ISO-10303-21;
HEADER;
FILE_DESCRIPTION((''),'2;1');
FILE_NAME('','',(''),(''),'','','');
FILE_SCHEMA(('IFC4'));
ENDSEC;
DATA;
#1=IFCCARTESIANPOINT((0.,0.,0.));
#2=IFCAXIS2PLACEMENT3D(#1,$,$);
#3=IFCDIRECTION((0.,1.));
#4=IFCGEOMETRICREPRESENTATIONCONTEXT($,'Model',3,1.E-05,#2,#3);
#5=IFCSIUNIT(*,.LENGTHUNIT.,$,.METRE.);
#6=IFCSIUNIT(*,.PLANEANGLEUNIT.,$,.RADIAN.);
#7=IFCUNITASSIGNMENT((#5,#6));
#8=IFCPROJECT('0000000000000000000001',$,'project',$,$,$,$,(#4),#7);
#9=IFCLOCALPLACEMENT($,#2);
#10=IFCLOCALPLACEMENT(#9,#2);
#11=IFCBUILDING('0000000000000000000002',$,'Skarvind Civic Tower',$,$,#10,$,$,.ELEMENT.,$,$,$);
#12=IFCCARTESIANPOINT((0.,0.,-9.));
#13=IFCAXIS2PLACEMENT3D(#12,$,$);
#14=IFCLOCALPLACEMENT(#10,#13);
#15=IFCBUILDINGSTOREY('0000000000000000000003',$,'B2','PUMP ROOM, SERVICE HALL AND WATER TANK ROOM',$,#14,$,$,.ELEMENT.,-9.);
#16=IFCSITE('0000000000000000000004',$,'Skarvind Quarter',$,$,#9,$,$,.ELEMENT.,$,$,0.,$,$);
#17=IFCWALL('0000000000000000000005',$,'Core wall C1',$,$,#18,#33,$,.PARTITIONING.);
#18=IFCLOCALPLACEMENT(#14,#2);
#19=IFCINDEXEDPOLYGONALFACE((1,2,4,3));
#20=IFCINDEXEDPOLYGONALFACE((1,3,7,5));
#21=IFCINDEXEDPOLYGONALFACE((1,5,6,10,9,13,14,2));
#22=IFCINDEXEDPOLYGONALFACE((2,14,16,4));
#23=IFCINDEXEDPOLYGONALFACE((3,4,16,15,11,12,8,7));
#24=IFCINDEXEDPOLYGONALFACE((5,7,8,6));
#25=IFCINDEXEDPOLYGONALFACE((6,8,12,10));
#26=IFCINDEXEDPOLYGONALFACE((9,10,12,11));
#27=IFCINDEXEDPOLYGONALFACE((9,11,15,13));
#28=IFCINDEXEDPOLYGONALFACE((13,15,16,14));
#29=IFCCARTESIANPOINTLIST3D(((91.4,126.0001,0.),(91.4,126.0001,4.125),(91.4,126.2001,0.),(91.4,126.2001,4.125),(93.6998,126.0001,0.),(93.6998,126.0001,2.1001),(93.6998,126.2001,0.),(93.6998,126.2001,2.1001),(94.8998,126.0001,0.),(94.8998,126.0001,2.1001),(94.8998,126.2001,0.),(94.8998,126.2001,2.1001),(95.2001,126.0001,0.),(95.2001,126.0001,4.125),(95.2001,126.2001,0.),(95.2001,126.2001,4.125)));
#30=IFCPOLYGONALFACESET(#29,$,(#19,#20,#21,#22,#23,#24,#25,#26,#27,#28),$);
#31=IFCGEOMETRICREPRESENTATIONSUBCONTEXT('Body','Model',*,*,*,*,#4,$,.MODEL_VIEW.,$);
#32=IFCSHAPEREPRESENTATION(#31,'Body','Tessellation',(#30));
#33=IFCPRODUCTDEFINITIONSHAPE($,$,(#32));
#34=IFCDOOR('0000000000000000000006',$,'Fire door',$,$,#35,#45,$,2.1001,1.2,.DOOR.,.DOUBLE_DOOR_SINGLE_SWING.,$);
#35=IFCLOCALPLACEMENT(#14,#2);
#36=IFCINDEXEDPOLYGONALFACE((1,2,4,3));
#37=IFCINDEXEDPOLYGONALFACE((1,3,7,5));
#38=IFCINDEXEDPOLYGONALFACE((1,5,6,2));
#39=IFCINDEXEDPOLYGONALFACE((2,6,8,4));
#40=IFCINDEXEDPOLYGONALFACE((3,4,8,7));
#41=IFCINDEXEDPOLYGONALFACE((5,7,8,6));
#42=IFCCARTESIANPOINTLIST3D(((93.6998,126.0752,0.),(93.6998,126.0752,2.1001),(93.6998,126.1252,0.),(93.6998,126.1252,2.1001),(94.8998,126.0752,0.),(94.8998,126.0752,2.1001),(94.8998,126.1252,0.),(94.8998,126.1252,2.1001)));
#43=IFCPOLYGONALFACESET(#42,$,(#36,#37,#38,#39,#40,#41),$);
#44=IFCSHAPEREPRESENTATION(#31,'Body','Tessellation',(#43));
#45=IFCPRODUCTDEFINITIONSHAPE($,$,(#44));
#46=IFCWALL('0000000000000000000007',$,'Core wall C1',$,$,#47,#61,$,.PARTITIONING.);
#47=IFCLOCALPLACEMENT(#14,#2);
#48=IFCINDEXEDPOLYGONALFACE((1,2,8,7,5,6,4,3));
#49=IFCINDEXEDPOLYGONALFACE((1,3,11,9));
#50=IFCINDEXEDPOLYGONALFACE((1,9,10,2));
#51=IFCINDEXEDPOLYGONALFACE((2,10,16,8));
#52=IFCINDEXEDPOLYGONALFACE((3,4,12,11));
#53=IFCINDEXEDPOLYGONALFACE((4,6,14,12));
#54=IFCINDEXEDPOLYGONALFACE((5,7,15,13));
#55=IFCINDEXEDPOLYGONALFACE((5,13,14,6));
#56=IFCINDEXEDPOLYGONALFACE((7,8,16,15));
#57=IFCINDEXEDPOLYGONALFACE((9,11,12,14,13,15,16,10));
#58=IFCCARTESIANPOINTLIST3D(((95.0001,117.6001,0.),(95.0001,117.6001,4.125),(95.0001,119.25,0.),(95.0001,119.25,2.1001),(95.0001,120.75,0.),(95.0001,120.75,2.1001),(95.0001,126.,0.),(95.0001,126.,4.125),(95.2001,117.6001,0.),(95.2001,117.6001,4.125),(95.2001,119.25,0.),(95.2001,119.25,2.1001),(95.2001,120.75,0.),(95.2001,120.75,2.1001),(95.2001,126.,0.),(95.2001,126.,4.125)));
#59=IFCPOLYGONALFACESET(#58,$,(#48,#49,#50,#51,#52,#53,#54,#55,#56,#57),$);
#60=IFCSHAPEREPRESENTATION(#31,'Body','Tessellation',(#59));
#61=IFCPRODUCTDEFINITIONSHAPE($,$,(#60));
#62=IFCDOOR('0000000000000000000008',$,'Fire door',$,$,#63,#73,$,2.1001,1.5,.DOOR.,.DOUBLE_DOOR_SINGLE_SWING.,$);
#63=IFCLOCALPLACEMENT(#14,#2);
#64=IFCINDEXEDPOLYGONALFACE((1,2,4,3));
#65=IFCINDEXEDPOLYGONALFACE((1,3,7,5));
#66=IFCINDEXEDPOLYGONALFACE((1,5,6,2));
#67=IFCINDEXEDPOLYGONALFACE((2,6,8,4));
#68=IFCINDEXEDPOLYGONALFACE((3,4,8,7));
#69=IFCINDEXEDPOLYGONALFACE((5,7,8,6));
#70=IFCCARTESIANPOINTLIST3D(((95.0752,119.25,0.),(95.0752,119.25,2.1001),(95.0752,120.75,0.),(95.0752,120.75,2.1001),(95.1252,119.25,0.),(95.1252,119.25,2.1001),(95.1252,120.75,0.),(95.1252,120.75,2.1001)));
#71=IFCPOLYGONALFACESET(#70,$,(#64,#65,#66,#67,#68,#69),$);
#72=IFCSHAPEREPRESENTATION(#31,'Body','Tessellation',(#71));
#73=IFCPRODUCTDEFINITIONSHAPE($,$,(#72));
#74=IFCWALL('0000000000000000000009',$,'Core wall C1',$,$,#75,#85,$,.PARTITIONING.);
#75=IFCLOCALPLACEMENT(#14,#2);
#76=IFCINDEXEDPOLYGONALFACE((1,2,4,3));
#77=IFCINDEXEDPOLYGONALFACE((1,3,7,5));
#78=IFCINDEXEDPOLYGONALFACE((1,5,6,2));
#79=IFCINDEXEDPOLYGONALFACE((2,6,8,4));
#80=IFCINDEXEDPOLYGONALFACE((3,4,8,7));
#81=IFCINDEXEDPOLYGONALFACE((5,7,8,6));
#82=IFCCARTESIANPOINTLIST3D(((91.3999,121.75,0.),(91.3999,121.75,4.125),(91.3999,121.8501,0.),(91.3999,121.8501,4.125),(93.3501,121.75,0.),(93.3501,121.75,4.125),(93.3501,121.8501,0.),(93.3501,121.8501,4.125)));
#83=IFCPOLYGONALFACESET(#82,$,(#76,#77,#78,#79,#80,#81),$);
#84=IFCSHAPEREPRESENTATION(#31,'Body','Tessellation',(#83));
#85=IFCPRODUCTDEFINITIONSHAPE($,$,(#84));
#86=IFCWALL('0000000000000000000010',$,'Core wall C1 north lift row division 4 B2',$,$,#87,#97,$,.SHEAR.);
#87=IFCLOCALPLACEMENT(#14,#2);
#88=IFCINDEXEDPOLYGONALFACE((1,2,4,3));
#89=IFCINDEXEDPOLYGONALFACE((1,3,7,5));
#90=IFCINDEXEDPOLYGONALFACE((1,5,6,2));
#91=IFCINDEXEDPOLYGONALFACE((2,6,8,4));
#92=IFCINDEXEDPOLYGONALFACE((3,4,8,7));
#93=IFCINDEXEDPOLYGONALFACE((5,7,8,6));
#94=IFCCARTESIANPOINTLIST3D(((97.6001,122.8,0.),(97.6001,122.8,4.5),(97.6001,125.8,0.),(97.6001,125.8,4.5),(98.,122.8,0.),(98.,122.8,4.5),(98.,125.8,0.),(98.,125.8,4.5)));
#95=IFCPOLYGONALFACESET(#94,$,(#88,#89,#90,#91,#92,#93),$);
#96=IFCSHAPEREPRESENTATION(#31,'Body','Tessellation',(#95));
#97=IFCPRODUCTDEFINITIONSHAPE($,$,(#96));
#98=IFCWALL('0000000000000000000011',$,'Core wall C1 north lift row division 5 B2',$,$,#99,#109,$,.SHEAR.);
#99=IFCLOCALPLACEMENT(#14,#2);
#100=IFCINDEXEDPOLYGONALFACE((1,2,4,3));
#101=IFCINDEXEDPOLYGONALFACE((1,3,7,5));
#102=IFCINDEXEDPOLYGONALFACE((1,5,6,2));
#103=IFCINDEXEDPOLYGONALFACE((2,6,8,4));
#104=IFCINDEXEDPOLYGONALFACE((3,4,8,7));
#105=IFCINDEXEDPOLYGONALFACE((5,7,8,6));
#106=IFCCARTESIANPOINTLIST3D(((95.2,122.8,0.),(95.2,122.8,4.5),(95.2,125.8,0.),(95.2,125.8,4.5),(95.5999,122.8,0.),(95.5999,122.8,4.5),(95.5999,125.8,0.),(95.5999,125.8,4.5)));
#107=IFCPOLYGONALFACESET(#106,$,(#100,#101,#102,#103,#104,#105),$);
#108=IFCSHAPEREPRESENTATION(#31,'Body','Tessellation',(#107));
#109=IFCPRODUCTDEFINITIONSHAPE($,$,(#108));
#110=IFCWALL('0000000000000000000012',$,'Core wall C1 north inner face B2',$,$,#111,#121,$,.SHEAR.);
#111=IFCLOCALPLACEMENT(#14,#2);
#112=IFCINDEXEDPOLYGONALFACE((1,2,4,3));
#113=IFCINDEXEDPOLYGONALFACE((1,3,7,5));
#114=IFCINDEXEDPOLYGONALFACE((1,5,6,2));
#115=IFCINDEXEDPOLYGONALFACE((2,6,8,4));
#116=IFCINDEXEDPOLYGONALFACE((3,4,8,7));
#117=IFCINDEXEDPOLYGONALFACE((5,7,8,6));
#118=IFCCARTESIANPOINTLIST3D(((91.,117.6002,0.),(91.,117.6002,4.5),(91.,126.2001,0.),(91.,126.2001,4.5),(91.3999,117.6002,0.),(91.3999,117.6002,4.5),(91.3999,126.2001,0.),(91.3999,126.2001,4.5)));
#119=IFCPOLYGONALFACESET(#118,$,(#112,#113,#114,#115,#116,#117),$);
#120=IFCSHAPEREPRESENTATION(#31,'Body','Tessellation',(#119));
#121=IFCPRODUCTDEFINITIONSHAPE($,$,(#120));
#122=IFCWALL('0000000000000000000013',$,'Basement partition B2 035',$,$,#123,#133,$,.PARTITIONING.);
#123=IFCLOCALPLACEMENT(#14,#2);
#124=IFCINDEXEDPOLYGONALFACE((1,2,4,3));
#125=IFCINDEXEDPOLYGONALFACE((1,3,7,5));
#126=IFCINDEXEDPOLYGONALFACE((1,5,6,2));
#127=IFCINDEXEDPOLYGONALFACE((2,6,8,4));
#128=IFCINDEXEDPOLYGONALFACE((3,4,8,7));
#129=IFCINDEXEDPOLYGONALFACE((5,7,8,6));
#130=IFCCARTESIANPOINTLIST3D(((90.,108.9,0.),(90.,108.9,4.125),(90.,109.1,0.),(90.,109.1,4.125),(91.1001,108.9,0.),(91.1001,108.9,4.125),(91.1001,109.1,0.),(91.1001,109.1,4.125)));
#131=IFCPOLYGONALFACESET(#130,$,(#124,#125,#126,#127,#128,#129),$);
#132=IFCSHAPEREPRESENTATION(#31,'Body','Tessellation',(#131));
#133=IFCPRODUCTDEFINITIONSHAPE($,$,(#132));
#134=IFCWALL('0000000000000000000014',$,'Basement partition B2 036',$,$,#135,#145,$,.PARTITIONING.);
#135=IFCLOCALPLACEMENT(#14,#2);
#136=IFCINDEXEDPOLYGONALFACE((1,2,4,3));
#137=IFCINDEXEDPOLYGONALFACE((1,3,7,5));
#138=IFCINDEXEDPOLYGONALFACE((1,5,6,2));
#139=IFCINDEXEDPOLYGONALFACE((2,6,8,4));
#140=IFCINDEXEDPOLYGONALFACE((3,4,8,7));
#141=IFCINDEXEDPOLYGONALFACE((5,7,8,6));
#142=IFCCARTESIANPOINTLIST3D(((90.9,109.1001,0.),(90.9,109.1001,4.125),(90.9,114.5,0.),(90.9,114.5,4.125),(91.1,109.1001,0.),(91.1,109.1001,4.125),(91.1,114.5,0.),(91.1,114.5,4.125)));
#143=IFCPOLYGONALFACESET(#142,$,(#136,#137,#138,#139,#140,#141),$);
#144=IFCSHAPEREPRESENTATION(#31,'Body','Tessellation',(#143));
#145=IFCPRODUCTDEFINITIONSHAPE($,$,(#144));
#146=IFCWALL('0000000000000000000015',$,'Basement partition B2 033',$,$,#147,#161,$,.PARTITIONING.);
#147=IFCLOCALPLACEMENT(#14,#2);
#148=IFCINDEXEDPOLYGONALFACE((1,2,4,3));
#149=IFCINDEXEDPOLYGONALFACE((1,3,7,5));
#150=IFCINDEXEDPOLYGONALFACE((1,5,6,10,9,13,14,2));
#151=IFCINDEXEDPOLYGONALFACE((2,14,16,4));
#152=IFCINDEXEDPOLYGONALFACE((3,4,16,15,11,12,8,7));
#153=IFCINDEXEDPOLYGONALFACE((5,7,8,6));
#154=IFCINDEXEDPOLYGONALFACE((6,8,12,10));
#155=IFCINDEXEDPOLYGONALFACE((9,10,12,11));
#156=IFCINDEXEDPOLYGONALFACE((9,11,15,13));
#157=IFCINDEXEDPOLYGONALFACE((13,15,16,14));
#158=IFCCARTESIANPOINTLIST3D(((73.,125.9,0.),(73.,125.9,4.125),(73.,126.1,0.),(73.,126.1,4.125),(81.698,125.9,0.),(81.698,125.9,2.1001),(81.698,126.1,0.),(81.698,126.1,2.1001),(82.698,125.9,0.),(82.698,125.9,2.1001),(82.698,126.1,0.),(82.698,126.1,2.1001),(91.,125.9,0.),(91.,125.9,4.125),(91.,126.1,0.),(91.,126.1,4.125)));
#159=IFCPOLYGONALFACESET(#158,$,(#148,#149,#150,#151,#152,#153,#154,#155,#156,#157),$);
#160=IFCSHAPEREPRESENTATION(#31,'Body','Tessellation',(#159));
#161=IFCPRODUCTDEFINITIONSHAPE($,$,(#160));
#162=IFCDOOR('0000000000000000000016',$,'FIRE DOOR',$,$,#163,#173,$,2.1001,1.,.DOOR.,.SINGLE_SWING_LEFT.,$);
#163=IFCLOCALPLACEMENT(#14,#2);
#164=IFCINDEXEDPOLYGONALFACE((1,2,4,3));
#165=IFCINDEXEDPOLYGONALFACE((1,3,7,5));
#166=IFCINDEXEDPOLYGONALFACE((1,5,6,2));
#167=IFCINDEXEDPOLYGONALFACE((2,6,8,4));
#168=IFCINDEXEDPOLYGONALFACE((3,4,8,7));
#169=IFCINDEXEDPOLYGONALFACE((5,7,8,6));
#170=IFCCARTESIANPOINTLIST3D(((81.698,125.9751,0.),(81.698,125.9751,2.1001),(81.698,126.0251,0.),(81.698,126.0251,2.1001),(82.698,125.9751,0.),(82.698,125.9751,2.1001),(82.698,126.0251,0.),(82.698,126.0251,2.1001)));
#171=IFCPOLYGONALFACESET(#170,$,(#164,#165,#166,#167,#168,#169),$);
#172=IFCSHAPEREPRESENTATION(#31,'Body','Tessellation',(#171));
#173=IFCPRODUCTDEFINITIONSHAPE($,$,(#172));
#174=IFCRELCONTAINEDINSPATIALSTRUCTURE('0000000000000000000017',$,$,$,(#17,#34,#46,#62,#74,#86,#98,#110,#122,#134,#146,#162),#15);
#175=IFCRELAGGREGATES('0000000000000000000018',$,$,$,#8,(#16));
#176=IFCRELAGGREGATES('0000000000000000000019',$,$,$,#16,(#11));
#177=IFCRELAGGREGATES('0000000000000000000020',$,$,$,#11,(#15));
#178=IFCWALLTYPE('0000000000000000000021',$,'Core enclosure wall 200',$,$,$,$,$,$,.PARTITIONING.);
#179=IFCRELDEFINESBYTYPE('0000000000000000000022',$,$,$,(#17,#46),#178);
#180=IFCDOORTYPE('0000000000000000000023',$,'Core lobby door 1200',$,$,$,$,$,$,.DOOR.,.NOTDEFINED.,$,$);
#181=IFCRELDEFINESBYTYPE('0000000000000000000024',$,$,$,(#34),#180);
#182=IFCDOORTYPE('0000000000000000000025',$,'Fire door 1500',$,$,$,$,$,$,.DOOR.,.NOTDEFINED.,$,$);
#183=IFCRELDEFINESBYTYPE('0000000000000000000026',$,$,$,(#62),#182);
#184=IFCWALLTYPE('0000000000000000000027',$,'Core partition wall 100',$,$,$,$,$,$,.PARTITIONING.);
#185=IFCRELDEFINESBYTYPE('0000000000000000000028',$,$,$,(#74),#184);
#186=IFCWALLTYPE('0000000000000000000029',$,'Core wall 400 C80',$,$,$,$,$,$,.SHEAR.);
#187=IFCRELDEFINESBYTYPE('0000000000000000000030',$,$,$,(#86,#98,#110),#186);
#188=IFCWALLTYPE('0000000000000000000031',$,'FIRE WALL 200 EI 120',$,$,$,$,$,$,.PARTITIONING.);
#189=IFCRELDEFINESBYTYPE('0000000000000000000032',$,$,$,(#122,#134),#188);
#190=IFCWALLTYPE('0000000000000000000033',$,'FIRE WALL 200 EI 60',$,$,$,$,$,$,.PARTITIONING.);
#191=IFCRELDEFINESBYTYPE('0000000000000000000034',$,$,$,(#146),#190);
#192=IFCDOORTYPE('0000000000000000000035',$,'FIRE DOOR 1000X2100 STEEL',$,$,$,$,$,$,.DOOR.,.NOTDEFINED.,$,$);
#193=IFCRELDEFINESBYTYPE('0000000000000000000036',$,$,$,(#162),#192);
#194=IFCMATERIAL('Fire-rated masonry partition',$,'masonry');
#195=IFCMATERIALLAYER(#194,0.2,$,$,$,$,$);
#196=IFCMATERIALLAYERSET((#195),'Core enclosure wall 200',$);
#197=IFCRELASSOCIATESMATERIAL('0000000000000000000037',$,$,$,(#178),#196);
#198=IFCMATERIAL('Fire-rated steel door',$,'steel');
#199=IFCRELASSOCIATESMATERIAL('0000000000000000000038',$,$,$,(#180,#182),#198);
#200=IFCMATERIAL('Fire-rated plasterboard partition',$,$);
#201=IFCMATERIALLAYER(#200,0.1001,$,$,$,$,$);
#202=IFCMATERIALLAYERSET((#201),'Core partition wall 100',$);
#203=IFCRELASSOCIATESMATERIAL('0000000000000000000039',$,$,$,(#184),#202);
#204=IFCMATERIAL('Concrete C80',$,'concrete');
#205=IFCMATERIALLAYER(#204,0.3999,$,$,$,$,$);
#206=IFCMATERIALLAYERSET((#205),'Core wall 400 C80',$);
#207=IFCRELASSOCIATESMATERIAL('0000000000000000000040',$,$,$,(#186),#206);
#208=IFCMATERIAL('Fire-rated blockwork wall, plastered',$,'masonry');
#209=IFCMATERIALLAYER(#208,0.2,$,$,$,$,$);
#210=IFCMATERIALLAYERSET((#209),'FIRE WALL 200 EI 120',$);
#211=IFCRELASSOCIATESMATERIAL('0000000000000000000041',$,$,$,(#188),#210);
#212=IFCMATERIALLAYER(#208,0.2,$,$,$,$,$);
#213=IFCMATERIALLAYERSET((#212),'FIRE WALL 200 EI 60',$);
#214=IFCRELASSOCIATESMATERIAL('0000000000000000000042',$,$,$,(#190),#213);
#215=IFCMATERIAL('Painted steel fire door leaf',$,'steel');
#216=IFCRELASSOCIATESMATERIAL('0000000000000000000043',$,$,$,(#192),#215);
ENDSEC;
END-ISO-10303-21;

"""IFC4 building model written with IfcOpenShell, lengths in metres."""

from ifc_helpers import new_model, si_unit, direction, frame, frame_2d, origin, place, context, subcontext, project, spatial, rectangle, extrude, material, layer, layer_set, type_object, element, fill, save


model = new_model("IFC4")

# Units and contexts
model_context = context("Model", 3, precision=1e-05, world=origin(), true_north=direction((0.0, 1.0)))
body_context = subcontext(model_context, "Body", "Model", "MODEL_VIEW")
ifc_project = project(units=[si_unit("LENGTHUNIT", "METRE"), si_unit("PLANEANGLEUNIT", "RADIAN")], contexts=[model_context])

# Site, building, storey
site_placement = place(None, origin())
site = spatial("IfcSite", under=ifc_project, at=site_placement, Name="Skarvind Quarter", CompositionType="ELEMENT", RefElevation=0.0)
building_placement = place(site_placement, origin())
building = spatial("IfcBuilding", under=site, at=building_placement, Name="Skarvind Civic Tower", CompositionType="ELEMENT")
storey_placement = place(building_placement, frame((0.0, 0.0, -9.0)))
storey = spatial("IfcBuildingStorey", under=building, at=storey_placement, Name="B2", Description="PUMP ROOM, SERVICE HALL AND WATER TANK ROOM", CompositionType="ELEMENT", Elevation=-9.0)

# Shared definitions
ifc_material_1 = material(Name="Concrete C80", Category="concrete")

# Walls, openings, doors
ifc_material_2 = material(Name="Fire-rated masonry partition", Category="masonry")
ifc_layer_1 = layer(ifc_material_2, 0.2)
ifc_layer_set_1 = layer_set([ifc_layer_1], Name="Core enclosure wall 200")
wall_type_1 = type_object("IfcWallType", Name="Core enclosure wall 200", PredefinedType="PARTITIONING", material=ifc_layer_set_1)
wall_1_placement = place(storey_placement, frame((95.2, 126.1001, 0.0), z_axis=(0.0, 0.0, 1.0), x_axis=(-1.0, 0.0, 0.0)))
wall_1 = element("IfcWall", 1, at=wall_1_placement, inside=storey, type_object=wall_type_1, Name="Core wall C1", PredefinedType="PARTITIONING", context=body_context, shape_type="SweptSolid", body=[
    extrude(rectangle(XDim=3.8, YDim=0.2, at=frame_2d((1.8999, 0.0))), origin(), (0.0, 0.0, 1.0), 4.125),
])
opening_1_placement = place(wall_1_placement, frame((0.3, 0.0, 0.0)))
opening_1 = element("IfcOpeningElement", 2, at=opening_1_placement, cuts=wall_1, PredefinedType="OPENING", context=body_context, shape_type="SweptSolid", body=[
    extrude(rectangle(XDim=1.2, YDim=2.1001, at=frame_2d((0.6001, 1.05))), frame((0.0, 0.1099, 0.0), z_axis=(0.0, -1.0, 0.0), x_axis=(1.0, 0.0, 0.0)), (0.0, 0.0, 1.0), 0.22),
])
ifc_material_3 = material(Name="Fire-rated steel door", Category="steel")
door_type_1 = type_object("IfcDoorType", Name="Core lobby door 1200", OperationType="NOTDEFINED", PredefinedType="DOOR", material=ifc_material_3)
door_1_placement = place(opening_1_placement, origin())
door_1 = element("IfcDoor", 3, at=door_1_placement, inside=storey, type_object=door_type_1, Name="Fire door", OperationType="DOUBLE_DOOR_SINGLE_SWING", OverallHeight=2.1001, OverallWidth=1.2, PredefinedType="DOOR", context=body_context, shape_type="SweptSolid", body=[
    extrude(rectangle(XDim=1.2, YDim=2.1001, at=frame_2d((0.6001, 1.05))), frame((0.0, 0.0249, 0.0), z_axis=(0.0, -1.0, 0.0), x_axis=(1.0, 0.0, 0.0)), (0.0, 0.0, 1.0), 0.05),
])
fill(opening_1, door_1)
wall_2_placement = place(storey_placement, frame((95.1001, 117.6001, 0.0), z_axis=(0.0, 0.0, 1.0), x_axis=(0.0, 1.0, 0.0)))
wall_2 = element("IfcWall", 4, at=wall_2_placement, inside=storey, type_object=wall_type_1, Name="Core wall C1", PredefinedType="PARTITIONING", context=body_context, shape_type="SweptSolid", body=[
    extrude(rectangle(XDim=8.3999, YDim=0.2, at=frame_2d((4.2, 0.0))), origin(), (0.0, 0.0, 1.0), 4.125),
])
opening_2_placement = place(wall_2_placement, frame((1.6499, 0.0, 0.0)))
opening_2 = element("IfcOpeningElement", 5, at=opening_2_placement, cuts=wall_2, PredefinedType="OPENING", context=body_context, shape_type="SweptSolid", body=[
    extrude(rectangle(XDim=1.5, YDim=2.1001, at=frame_2d((0.75, 1.05))), frame((0.0, 0.1099, 0.0), z_axis=(0.0, -1.0, 0.0), x_axis=(1.0, 0.0, 0.0)), (0.0, 0.0, 1.0), 0.22),
])
door_type_2 = type_object("IfcDoorType", Name="Fire door 1500", OperationType="NOTDEFINED", PredefinedType="DOOR", material=ifc_material_3)
door_2_placement = place(opening_2_placement, origin())
door_2 = element("IfcDoor", 6, at=door_2_placement, inside=storey, type_object=door_type_2, Name="Fire door", OperationType="DOUBLE_DOOR_SINGLE_SWING", OverallHeight=2.1001, OverallWidth=1.5, PredefinedType="DOOR", context=body_context, shape_type="SweptSolid", body=[
    extrude(rectangle(XDim=1.5, YDim=2.1001, at=frame_2d((0.75, 1.05))), frame((0.0, 0.0249, 0.0), z_axis=(0.0, -1.0, 0.0), x_axis=(1.0, 0.0, 0.0)), (0.0, 0.0, 1.0), 0.05),
])
fill(opening_2, door_2)

# Walls
ifc_material_4 = material(Name="Fire-rated plasterboard partition")
ifc_layer_2 = layer(ifc_material_4, 0.1001)
ifc_layer_set_2 = layer_set([ifc_layer_2], Name="Core partition wall 100")
wall_type_2 = type_object("IfcWallType", Name="Core partition wall 100", PredefinedType="PARTITIONING", material=ifc_layer_set_2)
wall_3_placement = place(storey_placement, frame((93.3501, 121.8, 0.0), z_axis=(0.0, 0.0, 1.0), x_axis=(-1.0, 0.0, 0.0)))
element("IfcWall", 7, at=wall_3_placement, inside=storey, type_object=wall_type_2, Name="Core wall C1", PredefinedType="PARTITIONING", context=body_context, shape_type="SweptSolid", body=[
    extrude(rectangle(XDim=1.9502, YDim=0.1001, at=frame_2d((0.9751, 0.0))), origin(), (0.0, 0.0, 1.0), 4.125),
])
ifc_layer_3 = layer(ifc_material_1, 0.3999)
ifc_layer_set_3 = layer_set([ifc_layer_3], Name="Core wall 400 C80")
wall_type_3 = type_object("IfcWallType", Name="Core wall 400 C80", PredefinedType="SHEAR", material=ifc_layer_set_3)
for number, where, z_axis, x_axis, name in (
    (8, (97.8, 125.8, 0.0), (0.0, 0.0, 1.0), (0.0, -1.0, 0.0), "Core wall C1 north lift row division 4 B2"),
    (9, (95.3999, 125.8, 0.0), (0.0, 0.0, 1.0), (0.0, -1.0, 0.0), "Core wall C1 north lift row division 5 B2"),
):
    element("IfcWall", number, at=place(storey_placement, frame(where, z_axis=z_axis, x_axis=x_axis)), inside=storey, type_object=wall_type_3, Name=name, PredefinedType="SHEAR", context=body_context, shape_type="SweptSolid", body=[
        extrude(rectangle(XDim=3.0, YDim=0.3999, at=frame_2d((1.5, 0.0))), origin(), (0.0, 0.0, 1.0), 4.5),
    ])
wall_4_placement = place(storey_placement, frame((91.2, 126.2, 0.0), z_axis=(0.0, 0.0, 1.0), x_axis=(0.0, -1.0, 0.0)))
element("IfcWall", 10, at=wall_4_placement, inside=storey, type_object=wall_type_3, Name="Core wall C1 north inner face B2", PredefinedType="SHEAR", context=body_context, shape_type="SweptSolid", body=[
    extrude(rectangle(XDim=8.5999, YDim=0.3999, at=frame_2d((4.2998, 0.0))), origin(), (0.0, 0.0, 1.0), 4.5),
])
ifc_material_5 = material(Name="Fire-rated blockwork wall, plastered", Category="masonry")
ifc_layer_4 = layer(ifc_material_5, 0.2)
ifc_layer_set_4 = layer_set([ifc_layer_4], Name="FIRE WALL 200 EI 120")
wall_type_4 = type_object("IfcWallType", Name="FIRE WALL 200 EI 120", PredefinedType="PARTITIONING", material=ifc_layer_set_4)
wall_5_placement = place(storey_placement, frame((90.0, 109.0, 0.0), z_axis=(0.0, 0.0, 1.0), x_axis=(1.0, 0.0, 0.0)))
element("IfcWall", 11, at=wall_5_placement, inside=storey, type_object=wall_type_4, Name="Basement partition B2 035", PredefinedType="PARTITIONING", context=body_context, shape_type="SweptSolid", body=[
    extrude(rectangle(XDim=1.1001, YDim=0.2, at=frame_2d((0.55, 0.0))), origin(), (0.0, 0.0, 1.0), 4.125),
])
wall_6_placement = place(storey_placement, frame((91.0, 109.1001, 0.0), z_axis=(0.0, 0.0, 1.0), x_axis=(0.0, 1.0, 0.0)))
element("IfcWall", 12, at=wall_6_placement, inside=storey, type_object=wall_type_4, Name="Basement partition B2 036", PredefinedType="PARTITIONING", context=body_context, shape_type="SweptSolid", body=[
    extrude(rectangle(XDim=5.3999, YDim=0.2, at=frame_2d((2.7, 0.0))), origin(), (0.0, 0.0, 1.0), 4.125),
])

# Wall, opening, door
ifc_layer_5 = layer(ifc_material_5, 0.2)
ifc_layer_set_5 = layer_set([ifc_layer_5], Name="FIRE WALL 200 EI 60")
wall_type_5 = type_object("IfcWallType", Name="FIRE WALL 200 EI 60", PredefinedType="PARTITIONING", material=ifc_layer_set_5)
wall_7_placement = place(storey_placement, frame((91.0, 126.0, 0.0), z_axis=(0.0, 0.0, 1.0), x_axis=(-1.0, 0.0, 0.0)))
wall_7 = element("IfcWall", 13, at=wall_7_placement, inside=storey, type_object=wall_type_5, Name="Basement partition B2 033", PredefinedType="PARTITIONING", context=body_context, shape_type="SweptSolid", body=[
    extrude(rectangle(XDim=18.0, YDim=0.2, at=frame_2d((9.0, 0.0))), origin(), (0.0, 0.0, 1.0), 4.125),
])
opening_3_placement = place(wall_7_placement, frame((8.302, 0.0, 0.0)))
opening_3 = element("IfcOpeningElement", 14, at=opening_3_placement, cuts=wall_7, PredefinedType="OPENING", context=body_context, shape_type="SweptSolid", body=[
    extrude(rectangle(XDim=1.0, YDim=2.1001, at=frame_2d((0.5, 1.05))), frame((0.0, 0.1099, 0.0), z_axis=(0.0, -1.0, 0.0), x_axis=(1.0, 0.0, 0.0)), (0.0, 0.0, 1.0), 0.22),
])
ifc_material_6 = material(Name="Painted steel fire door leaf", Category="steel")
door_type_3 = type_object("IfcDoorType", Name="FIRE DOOR 1000X2100 STEEL", OperationType="NOTDEFINED", PredefinedType="DOOR", material=ifc_material_6)
door_3_placement = place(opening_3_placement, origin())
door_3 = element("IfcDoor", 15, at=door_3_placement, inside=storey, type_object=door_type_3, Name="FIRE DOOR", OperationType="SINGLE_SWING_LEFT", OverallHeight=2.1001, OverallWidth=1.0, PredefinedType="DOOR", context=body_context, shape_type="SweptSolid", body=[
    extrude(rectangle(XDim=1.0, YDim=2.1001, at=frame_2d((0.5, 1.05))), frame((0.0, 0.0249, 0.0), z_axis=(0.0, -1.0, 0.0), x_axis=(1.0, 0.0, 0.0)), (0.0, 0.0, 1.0), 0.05),
])
fill(opening_3, door_3)

save(model, "model.ifc")
